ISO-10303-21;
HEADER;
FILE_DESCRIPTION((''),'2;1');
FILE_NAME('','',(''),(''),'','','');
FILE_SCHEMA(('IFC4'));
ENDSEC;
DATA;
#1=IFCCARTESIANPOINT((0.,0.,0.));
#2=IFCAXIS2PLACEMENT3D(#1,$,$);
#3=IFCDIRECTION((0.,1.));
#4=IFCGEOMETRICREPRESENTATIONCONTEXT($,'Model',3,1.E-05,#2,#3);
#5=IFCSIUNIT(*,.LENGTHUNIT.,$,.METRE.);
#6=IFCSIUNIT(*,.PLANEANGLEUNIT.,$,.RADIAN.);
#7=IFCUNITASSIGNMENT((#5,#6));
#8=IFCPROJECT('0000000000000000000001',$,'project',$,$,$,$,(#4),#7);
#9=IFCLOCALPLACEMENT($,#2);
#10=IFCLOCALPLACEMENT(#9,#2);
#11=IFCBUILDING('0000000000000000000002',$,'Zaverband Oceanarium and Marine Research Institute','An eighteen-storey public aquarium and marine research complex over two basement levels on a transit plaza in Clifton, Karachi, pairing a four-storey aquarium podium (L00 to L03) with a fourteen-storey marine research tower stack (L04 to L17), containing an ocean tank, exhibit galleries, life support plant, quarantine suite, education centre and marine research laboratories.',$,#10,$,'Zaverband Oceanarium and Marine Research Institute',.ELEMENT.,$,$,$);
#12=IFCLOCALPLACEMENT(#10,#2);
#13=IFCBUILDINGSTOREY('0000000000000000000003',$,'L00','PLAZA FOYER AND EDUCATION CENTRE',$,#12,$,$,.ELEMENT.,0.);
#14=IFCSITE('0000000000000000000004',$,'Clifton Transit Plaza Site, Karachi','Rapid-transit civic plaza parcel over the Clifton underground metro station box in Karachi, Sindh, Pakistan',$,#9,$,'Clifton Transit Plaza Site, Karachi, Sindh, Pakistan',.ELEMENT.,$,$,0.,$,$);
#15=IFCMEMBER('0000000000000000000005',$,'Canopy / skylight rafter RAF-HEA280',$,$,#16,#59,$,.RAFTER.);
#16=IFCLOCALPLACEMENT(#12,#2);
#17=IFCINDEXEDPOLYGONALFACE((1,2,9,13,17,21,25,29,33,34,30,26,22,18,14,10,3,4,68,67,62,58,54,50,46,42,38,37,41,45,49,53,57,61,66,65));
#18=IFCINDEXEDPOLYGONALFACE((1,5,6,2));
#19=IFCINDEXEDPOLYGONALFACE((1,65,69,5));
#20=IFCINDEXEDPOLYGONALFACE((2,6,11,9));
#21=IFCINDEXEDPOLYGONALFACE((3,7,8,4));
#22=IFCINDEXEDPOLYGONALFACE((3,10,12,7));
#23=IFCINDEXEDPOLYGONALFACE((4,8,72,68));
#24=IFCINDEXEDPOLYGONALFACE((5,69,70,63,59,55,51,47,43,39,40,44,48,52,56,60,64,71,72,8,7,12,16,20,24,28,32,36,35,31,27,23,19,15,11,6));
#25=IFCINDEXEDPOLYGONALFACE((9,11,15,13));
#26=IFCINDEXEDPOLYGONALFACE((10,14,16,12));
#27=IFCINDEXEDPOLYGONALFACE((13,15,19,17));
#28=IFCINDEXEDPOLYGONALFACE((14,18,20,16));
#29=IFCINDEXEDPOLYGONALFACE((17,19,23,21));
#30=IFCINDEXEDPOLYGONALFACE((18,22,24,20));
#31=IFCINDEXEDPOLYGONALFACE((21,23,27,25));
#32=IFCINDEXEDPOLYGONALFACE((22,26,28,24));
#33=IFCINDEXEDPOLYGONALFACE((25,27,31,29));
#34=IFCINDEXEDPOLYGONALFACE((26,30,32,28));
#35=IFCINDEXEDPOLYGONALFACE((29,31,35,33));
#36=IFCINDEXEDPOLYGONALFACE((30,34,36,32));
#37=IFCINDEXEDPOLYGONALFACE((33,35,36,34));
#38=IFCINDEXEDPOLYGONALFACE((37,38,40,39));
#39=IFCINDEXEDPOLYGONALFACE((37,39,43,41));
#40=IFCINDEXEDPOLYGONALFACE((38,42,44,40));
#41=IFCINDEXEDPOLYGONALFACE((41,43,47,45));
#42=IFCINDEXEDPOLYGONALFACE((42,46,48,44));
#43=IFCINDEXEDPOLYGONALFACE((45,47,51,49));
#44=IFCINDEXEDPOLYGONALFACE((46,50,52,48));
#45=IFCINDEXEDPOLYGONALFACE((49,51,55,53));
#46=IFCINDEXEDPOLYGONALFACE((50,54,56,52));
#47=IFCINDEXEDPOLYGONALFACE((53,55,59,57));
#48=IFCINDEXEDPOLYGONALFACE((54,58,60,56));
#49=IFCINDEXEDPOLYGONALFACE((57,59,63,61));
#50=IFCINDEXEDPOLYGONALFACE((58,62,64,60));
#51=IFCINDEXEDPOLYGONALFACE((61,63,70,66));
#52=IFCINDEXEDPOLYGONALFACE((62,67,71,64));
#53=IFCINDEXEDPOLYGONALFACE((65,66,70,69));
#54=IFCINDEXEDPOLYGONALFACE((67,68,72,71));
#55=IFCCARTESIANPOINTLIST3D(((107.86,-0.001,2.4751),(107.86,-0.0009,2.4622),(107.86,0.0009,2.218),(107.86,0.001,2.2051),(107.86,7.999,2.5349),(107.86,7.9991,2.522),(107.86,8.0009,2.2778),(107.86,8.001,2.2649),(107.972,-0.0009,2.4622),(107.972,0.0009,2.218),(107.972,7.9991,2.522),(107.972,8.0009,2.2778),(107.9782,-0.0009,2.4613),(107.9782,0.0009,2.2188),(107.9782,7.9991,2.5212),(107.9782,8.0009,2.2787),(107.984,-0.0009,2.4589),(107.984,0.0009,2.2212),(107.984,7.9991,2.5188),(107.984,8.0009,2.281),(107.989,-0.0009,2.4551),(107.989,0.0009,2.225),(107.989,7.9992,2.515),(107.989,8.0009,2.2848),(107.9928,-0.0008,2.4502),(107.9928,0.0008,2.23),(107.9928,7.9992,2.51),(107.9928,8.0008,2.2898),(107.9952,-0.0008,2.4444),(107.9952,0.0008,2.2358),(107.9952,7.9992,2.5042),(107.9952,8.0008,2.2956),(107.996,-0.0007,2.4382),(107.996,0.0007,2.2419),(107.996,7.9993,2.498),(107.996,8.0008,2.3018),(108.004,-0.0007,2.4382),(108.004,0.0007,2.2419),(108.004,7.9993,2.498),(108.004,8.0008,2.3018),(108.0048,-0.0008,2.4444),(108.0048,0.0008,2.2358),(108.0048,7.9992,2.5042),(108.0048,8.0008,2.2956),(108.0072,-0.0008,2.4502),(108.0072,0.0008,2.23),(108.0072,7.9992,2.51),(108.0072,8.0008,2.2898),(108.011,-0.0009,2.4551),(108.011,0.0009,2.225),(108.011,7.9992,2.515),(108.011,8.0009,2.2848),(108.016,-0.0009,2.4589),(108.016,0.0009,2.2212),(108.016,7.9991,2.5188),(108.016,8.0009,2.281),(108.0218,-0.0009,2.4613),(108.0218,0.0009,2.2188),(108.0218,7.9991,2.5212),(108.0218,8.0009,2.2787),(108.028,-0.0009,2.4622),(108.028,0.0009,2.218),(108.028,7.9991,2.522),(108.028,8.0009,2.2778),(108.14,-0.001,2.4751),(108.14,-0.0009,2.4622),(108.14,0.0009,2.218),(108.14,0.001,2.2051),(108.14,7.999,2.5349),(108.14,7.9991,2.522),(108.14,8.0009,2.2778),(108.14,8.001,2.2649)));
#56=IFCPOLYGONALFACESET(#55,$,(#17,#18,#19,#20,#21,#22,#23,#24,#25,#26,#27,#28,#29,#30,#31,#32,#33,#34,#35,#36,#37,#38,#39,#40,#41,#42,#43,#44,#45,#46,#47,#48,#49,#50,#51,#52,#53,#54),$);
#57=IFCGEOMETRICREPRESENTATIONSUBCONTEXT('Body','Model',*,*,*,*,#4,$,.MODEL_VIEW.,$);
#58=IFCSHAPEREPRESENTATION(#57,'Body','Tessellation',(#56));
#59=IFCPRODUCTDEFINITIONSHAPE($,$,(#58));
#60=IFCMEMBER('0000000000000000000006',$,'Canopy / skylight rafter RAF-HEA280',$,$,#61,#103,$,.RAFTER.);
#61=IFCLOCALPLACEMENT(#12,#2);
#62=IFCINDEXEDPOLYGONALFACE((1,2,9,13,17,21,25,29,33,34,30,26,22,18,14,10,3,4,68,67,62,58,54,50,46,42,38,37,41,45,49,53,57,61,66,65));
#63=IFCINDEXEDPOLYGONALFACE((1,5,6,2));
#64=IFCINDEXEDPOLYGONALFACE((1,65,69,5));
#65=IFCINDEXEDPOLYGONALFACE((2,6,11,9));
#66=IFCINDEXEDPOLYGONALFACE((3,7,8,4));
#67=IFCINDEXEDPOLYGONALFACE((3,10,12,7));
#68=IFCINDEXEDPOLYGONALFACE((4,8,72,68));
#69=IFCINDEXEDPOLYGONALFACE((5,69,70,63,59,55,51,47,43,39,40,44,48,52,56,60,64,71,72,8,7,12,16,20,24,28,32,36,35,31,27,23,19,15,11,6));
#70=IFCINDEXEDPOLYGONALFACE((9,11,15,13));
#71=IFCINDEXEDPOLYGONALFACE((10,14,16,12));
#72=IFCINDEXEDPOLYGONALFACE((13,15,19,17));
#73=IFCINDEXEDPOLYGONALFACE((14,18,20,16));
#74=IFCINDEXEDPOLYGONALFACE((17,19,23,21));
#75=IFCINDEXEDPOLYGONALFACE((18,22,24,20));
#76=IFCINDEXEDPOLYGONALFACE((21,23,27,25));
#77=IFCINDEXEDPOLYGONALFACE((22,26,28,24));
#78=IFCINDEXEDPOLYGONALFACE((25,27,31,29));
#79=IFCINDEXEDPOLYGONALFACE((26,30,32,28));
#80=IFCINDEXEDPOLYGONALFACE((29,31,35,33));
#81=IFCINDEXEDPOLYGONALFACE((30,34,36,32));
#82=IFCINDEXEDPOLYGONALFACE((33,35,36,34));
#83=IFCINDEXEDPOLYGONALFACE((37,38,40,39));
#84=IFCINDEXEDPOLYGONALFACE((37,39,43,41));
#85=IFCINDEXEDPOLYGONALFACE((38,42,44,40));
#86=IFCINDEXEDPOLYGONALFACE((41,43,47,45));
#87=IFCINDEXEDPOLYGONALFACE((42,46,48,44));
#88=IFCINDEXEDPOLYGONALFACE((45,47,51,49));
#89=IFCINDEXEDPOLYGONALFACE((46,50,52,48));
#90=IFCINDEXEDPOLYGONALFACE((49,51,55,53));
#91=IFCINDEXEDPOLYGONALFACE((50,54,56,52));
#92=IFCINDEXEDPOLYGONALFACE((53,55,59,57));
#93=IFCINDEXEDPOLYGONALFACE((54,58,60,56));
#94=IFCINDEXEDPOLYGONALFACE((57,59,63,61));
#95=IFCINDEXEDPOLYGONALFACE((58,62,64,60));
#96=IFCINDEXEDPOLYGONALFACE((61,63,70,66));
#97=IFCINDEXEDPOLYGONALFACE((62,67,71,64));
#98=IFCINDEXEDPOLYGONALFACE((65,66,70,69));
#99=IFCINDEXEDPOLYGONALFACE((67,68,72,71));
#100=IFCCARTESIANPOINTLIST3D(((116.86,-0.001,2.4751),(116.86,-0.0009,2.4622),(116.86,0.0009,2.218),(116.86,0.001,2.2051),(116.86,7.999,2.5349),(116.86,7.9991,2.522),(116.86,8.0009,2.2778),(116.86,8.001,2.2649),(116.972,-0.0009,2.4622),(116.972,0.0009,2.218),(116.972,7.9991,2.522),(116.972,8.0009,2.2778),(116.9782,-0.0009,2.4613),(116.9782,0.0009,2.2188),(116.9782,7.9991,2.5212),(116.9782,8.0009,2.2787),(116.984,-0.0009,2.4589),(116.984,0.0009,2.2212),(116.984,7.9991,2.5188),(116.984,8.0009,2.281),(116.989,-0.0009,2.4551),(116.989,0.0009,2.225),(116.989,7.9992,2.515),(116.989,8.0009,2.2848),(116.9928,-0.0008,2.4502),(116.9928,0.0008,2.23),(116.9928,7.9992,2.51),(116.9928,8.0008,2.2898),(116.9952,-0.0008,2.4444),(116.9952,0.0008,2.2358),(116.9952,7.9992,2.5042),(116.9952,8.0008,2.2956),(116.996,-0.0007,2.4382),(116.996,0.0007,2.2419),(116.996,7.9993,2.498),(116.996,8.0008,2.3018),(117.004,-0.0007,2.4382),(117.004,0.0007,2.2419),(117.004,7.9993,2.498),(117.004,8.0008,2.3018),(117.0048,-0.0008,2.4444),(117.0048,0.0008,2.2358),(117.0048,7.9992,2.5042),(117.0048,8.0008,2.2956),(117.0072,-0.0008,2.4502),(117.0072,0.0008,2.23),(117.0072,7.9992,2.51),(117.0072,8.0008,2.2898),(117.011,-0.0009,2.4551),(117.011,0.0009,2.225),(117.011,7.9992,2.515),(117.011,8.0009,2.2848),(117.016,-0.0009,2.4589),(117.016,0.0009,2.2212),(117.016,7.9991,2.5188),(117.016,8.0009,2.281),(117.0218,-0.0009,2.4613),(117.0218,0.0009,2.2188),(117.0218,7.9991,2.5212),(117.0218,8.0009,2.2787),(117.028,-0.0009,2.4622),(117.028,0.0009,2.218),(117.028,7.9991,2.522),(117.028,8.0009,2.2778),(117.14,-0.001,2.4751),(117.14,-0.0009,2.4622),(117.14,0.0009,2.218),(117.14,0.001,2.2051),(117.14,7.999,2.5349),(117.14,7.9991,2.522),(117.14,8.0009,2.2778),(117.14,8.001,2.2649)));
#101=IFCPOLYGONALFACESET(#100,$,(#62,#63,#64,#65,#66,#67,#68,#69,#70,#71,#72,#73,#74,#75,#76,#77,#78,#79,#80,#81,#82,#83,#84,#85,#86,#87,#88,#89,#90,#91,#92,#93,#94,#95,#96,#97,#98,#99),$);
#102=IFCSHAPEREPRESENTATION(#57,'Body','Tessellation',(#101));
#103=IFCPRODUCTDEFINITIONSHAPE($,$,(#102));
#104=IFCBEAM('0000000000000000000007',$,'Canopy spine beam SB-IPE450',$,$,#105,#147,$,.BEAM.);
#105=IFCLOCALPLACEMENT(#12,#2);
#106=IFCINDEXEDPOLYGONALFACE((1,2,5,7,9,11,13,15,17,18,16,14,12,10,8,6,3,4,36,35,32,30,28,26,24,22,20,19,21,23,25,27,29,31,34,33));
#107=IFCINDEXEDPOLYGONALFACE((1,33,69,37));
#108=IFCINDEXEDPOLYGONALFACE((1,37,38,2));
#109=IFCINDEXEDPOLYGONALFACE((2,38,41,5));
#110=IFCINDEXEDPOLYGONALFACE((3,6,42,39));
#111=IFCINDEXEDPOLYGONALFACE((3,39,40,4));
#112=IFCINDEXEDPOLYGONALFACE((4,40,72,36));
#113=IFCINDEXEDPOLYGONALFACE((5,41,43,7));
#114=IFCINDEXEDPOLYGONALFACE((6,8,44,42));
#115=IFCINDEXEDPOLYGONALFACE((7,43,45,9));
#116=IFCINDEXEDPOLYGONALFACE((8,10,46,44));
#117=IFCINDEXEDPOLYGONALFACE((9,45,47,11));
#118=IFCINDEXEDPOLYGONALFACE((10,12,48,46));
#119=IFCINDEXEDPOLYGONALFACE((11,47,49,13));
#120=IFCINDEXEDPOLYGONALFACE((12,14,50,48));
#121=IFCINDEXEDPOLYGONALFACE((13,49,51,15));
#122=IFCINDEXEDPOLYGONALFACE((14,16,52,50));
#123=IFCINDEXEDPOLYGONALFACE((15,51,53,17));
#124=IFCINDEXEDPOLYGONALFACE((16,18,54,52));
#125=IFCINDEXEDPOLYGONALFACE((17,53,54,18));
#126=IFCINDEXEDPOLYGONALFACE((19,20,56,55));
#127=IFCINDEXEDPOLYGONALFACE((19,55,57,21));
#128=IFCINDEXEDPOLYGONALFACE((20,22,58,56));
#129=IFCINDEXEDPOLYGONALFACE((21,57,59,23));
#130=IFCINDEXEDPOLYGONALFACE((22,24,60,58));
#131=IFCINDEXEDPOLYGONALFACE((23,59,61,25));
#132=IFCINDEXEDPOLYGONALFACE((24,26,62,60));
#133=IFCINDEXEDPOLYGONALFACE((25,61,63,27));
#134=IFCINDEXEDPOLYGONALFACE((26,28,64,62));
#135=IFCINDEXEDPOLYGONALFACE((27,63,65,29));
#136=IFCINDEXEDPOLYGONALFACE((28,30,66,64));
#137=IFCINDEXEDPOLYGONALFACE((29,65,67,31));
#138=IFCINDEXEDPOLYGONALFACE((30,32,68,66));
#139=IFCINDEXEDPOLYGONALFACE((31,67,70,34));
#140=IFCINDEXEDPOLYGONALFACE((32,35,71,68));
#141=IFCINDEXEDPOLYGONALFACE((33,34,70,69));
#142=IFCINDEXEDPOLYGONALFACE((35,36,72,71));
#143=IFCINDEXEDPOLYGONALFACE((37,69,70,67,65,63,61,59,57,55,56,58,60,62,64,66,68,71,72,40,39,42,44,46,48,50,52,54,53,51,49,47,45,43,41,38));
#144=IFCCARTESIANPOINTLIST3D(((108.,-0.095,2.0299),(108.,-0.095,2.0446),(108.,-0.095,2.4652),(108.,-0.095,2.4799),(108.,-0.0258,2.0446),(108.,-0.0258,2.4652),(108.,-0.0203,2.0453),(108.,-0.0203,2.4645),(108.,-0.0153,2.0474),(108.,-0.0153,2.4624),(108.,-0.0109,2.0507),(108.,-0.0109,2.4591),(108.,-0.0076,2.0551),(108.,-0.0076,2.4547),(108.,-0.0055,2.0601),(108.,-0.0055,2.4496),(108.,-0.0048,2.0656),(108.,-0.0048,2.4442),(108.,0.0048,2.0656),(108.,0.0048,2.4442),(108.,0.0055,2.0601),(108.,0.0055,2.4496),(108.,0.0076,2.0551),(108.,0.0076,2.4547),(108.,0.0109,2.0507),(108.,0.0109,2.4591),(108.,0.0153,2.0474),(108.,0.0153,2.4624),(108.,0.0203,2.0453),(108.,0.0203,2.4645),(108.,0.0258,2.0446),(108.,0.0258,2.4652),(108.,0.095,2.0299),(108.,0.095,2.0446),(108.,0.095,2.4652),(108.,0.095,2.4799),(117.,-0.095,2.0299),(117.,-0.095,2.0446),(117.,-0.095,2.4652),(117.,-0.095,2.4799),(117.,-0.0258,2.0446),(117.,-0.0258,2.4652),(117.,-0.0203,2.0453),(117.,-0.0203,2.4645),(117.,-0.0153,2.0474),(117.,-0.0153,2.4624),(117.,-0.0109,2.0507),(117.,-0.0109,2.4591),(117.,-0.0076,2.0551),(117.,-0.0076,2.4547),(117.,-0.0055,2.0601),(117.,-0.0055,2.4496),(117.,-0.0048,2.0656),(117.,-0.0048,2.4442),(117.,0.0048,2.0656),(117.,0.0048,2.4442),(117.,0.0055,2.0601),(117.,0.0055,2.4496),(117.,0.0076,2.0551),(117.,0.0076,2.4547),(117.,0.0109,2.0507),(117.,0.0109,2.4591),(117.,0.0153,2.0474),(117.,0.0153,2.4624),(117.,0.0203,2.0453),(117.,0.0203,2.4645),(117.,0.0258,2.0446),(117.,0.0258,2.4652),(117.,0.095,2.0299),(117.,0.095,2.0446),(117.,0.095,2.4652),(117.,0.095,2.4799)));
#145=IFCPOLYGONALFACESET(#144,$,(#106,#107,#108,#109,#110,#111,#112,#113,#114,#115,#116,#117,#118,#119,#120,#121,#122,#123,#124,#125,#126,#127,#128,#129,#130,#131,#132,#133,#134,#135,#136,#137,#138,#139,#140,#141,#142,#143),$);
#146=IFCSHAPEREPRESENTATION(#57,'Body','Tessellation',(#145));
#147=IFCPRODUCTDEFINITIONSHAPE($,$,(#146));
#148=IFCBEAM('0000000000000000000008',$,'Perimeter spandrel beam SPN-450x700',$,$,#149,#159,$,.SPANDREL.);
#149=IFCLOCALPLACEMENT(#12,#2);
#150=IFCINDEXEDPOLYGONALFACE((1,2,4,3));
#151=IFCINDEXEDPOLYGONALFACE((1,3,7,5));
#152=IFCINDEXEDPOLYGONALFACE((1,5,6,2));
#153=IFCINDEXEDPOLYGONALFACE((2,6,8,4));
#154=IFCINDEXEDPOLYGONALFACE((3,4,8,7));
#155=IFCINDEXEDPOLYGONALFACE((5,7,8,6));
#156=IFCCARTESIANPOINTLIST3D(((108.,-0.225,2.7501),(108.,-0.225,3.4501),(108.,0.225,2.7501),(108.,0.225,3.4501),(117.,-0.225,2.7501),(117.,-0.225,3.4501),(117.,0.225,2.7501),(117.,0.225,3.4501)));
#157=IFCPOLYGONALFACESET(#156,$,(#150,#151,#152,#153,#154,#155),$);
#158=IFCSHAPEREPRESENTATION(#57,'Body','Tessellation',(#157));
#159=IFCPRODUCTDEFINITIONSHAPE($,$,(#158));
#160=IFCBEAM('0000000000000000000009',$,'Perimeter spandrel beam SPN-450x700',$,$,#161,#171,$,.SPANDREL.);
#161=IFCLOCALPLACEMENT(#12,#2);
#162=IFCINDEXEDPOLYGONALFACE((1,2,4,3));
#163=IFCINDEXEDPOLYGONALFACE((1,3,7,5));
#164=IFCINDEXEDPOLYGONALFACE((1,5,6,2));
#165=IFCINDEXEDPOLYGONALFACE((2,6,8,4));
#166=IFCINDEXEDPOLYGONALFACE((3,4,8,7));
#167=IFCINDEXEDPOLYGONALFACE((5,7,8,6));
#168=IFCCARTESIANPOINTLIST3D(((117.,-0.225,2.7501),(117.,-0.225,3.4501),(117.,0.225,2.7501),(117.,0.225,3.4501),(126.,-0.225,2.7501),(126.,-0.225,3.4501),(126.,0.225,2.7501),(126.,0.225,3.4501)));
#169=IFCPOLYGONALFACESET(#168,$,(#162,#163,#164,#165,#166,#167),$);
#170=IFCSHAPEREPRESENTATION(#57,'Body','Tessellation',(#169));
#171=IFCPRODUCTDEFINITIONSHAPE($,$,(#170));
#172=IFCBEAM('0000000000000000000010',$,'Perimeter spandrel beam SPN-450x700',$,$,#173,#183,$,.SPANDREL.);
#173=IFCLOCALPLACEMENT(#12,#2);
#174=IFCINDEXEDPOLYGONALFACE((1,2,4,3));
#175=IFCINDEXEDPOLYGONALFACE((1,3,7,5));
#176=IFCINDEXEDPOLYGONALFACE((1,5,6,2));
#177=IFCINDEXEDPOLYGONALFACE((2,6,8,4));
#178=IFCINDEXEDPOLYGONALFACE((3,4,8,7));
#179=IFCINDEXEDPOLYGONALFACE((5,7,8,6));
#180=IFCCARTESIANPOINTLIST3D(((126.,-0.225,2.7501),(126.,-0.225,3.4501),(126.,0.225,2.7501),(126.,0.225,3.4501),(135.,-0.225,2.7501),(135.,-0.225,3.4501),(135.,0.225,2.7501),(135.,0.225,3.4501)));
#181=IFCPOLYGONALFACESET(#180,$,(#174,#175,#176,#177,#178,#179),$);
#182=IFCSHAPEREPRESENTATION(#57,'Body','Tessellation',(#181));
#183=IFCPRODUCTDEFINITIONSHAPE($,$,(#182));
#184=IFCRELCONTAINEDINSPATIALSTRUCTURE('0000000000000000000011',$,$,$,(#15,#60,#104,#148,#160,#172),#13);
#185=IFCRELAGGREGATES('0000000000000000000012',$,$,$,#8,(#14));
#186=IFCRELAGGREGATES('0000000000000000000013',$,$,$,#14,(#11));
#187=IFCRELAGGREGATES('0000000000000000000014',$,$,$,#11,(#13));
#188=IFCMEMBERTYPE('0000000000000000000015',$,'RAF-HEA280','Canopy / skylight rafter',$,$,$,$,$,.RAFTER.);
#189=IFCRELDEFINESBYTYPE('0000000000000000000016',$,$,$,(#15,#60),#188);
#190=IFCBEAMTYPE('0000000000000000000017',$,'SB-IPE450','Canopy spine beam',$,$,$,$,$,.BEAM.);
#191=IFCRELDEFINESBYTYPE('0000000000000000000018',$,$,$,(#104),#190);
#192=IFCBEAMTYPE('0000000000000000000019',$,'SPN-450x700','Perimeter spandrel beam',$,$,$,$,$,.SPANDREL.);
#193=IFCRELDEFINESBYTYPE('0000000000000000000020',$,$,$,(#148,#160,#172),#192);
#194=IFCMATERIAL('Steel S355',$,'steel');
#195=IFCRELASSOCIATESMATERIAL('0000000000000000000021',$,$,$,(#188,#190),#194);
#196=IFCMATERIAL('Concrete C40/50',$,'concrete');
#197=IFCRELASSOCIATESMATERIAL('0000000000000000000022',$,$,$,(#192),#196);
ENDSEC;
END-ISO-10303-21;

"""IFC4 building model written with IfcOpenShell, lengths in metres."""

from ifc_helpers import new_model, si_unit, direction, frame, origin, origin_2d, place, context, subcontext, project, spatial, rectangle, i_section, extrude, material, material_profile, profile_set, type_object, element, save


model = new_model("IFC4")

# Units and contexts
model_context = context("Model", 3, precision=1e-05, world=origin(), true_north=direction((0.0, 1.0)))
body_context = subcontext(model_context, "Body", "Model", "MODEL_VIEW")
ifc_project = project(units=[si_unit("LENGTHUNIT", "METRE"), si_unit("PLANEANGLEUNIT", "RADIAN")], contexts=[model_context])

# Site, building, storey
site_placement = place(None, origin())
site = spatial("IfcSite", under=ifc_project, at=site_placement, Name="Clifton Transit Plaza Site, Karachi", Description="Rapid-transit civic plaza parcel over the Clifton underground metro station box in Karachi, Sindh, Pakistan", LongName="Clifton Transit Plaza Site, Karachi, Sindh, Pakistan", CompositionType="ELEMENT", RefElevation=0.0)
building_placement = place(site_placement, origin())
building = spatial("IfcBuilding", under=site, at=building_placement, Name="Zaverband Oceanarium and Marine Research Institute", Description="An eighteen-storey public aquarium and marine research complex over two basement levels on a transit plaza in Clifton, Karachi, pairing a four-storey aquarium podium (L00 to L03) with a fourteen-storey marine research tower stack (L04 to L17), containing an ocean tank, exhibit galleries, life support plant, quarantine suite, education centre and marine research laboratories.", LongName="Zaverband Oceanarium and Marine Research Institute", CompositionType="ELEMENT")
storey_placement = place(building_placement, origin())
storey = spatial("IfcBuildingStorey", under=building, at=storey_placement, Name="L00", Description="PLAZA FOYER AND EDUCATION CENTRE", CompositionType="ELEMENT", Elevation=0.0)

# Shared definitions
ifc_material_1 = material(Name="Concrete C40/50", Category="concrete")

# Shared definitions
ifc_material_2 = material(Name="Steel S355", Category="steel")

# Members
ifc_material_profile_1 = material_profile(ifc_material_2, i_section(OverallWidth=0.28, OverallDepth=0.27, WebThickness=0.0081, FlangeThickness=0.0129, FilletRadius=0.0239, at=origin_2d()), Name="HEA280")
ifc_profile_set_1 = profile_set([ifc_material_profile_1], Name="Steel S355")
member_type_1 = type_object("IfcMemberType", Name="RAF-HEA280", Description="Canopy / skylight rafter", PredefinedType="RAFTER", material=ifc_profile_set_1)
for number, where, z_axis, x_axis, name in (
    (1, (108.0, 0.0, 2.3401), (0.0, 0.999972, 0.007477), (-1.0, 0.0, 0.0), "Canopy / skylight rafter RAF-HEA280"),
    (2, (117.0, 0.0, 2.3401), (0.0, 0.999972, 0.007477), (-1.0, 0.0, 0.0), "Canopy / skylight rafter RAF-HEA280"),
):
    element("IfcMember", number, at=place(storey_placement, frame(where, z_axis=z_axis, x_axis=x_axis)), inside=storey, type_object=member_type_1, Name=name, PredefinedType="RAFTER", context=body_context, shape_type="SweptSolid", body=[
        extrude(i_section(OverallWidth=0.28, OverallDepth=0.27, WebThickness=0.0081, FlangeThickness=0.0129, FilletRadius=0.0239, at=origin_2d()), origin(), (0.0, 0.0, 1.0), 8.0002),
    ])

# Beams
ifc_material_profile_2 = material_profile(ifc_material_2, i_section(OverallWidth=0.1899, OverallDepth=0.45, WebThickness=0.0095, FlangeThickness=0.0146, FilletRadius=0.021, at=origin_2d()), Name="IPE450")
ifc_profile_set_2 = profile_set([ifc_material_profile_2], Name="Steel S355")
beam_type_1 = type_object("IfcBeamType", Name="SB-IPE450", Description="Canopy spine beam", PredefinedType="BEAM", material=ifc_profile_set_2)
beam_placement = place(storey_placement, frame((108.0, 0.0, 2.2549), z_axis=(1.0, 0.0, 0.0), x_axis=(0.0, 1.0, 0.0)))
element("IfcBeam", 3, at=beam_placement, inside=storey, type_object=beam_type_1, Name="Canopy spine beam SB-IPE450", PredefinedType="BEAM", context=body_context, shape_type="SweptSolid", body=[
    extrude(i_section(OverallWidth=0.1899, OverallDepth=0.45, WebThickness=0.0095, FlangeThickness=0.0146, FilletRadius=0.021, at=origin_2d()), origin(), (0.0, 0.0, 1.0), 9.0),
])
ifc_material_profile_3 = material_profile(ifc_material_1, rectangle(XDim=0.45, YDim=0.7, at=origin_2d()), Name="RC450x700")
ifc_profile_set_3 = profile_set([ifc_material_profile_3], Name="Concrete C40/50")
beam_type_2 = type_object("IfcBeamType", Name="SPN-450x700", Description="Perimeter spandrel beam", PredefinedType="SPANDREL", material=ifc_profile_set_3)
for number, where, z_axis, x_axis, name in (
    (4, (108.0, 0.0, 3.1001), (1.0, 0.0, 0.0), (0.0, 1.0, 0.0), "Perimeter spandrel beam SPN-450x700"),
    (5, (117.0, 0.0, 3.1001), (1.0, 0.0, 0.0), (0.0, 1.0, 0.0), "Perimeter spandrel beam SPN-450x700"),
    (6, (126.0, 0.0, 3.1001), (1.0, 0.0, 0.0), (0.0, 1.0, 0.0), "Perimeter spandrel beam SPN-450x700"),
):
    element("IfcBeam", number, at=place(storey_placement, frame(where, z_axis=z_axis, x_axis=x_axis)), inside=storey, type_object=beam_type_2, Name=name, PredefinedType="SPANDREL", context=body_context, shape_type="SweptSolid", body=[
        extrude(rectangle(XDim=0.45, YDim=0.7, at=origin_2d()), origin(), (0.0, 0.0, 1.0), 9.0),
    ])

save(model, "model.ifc")
